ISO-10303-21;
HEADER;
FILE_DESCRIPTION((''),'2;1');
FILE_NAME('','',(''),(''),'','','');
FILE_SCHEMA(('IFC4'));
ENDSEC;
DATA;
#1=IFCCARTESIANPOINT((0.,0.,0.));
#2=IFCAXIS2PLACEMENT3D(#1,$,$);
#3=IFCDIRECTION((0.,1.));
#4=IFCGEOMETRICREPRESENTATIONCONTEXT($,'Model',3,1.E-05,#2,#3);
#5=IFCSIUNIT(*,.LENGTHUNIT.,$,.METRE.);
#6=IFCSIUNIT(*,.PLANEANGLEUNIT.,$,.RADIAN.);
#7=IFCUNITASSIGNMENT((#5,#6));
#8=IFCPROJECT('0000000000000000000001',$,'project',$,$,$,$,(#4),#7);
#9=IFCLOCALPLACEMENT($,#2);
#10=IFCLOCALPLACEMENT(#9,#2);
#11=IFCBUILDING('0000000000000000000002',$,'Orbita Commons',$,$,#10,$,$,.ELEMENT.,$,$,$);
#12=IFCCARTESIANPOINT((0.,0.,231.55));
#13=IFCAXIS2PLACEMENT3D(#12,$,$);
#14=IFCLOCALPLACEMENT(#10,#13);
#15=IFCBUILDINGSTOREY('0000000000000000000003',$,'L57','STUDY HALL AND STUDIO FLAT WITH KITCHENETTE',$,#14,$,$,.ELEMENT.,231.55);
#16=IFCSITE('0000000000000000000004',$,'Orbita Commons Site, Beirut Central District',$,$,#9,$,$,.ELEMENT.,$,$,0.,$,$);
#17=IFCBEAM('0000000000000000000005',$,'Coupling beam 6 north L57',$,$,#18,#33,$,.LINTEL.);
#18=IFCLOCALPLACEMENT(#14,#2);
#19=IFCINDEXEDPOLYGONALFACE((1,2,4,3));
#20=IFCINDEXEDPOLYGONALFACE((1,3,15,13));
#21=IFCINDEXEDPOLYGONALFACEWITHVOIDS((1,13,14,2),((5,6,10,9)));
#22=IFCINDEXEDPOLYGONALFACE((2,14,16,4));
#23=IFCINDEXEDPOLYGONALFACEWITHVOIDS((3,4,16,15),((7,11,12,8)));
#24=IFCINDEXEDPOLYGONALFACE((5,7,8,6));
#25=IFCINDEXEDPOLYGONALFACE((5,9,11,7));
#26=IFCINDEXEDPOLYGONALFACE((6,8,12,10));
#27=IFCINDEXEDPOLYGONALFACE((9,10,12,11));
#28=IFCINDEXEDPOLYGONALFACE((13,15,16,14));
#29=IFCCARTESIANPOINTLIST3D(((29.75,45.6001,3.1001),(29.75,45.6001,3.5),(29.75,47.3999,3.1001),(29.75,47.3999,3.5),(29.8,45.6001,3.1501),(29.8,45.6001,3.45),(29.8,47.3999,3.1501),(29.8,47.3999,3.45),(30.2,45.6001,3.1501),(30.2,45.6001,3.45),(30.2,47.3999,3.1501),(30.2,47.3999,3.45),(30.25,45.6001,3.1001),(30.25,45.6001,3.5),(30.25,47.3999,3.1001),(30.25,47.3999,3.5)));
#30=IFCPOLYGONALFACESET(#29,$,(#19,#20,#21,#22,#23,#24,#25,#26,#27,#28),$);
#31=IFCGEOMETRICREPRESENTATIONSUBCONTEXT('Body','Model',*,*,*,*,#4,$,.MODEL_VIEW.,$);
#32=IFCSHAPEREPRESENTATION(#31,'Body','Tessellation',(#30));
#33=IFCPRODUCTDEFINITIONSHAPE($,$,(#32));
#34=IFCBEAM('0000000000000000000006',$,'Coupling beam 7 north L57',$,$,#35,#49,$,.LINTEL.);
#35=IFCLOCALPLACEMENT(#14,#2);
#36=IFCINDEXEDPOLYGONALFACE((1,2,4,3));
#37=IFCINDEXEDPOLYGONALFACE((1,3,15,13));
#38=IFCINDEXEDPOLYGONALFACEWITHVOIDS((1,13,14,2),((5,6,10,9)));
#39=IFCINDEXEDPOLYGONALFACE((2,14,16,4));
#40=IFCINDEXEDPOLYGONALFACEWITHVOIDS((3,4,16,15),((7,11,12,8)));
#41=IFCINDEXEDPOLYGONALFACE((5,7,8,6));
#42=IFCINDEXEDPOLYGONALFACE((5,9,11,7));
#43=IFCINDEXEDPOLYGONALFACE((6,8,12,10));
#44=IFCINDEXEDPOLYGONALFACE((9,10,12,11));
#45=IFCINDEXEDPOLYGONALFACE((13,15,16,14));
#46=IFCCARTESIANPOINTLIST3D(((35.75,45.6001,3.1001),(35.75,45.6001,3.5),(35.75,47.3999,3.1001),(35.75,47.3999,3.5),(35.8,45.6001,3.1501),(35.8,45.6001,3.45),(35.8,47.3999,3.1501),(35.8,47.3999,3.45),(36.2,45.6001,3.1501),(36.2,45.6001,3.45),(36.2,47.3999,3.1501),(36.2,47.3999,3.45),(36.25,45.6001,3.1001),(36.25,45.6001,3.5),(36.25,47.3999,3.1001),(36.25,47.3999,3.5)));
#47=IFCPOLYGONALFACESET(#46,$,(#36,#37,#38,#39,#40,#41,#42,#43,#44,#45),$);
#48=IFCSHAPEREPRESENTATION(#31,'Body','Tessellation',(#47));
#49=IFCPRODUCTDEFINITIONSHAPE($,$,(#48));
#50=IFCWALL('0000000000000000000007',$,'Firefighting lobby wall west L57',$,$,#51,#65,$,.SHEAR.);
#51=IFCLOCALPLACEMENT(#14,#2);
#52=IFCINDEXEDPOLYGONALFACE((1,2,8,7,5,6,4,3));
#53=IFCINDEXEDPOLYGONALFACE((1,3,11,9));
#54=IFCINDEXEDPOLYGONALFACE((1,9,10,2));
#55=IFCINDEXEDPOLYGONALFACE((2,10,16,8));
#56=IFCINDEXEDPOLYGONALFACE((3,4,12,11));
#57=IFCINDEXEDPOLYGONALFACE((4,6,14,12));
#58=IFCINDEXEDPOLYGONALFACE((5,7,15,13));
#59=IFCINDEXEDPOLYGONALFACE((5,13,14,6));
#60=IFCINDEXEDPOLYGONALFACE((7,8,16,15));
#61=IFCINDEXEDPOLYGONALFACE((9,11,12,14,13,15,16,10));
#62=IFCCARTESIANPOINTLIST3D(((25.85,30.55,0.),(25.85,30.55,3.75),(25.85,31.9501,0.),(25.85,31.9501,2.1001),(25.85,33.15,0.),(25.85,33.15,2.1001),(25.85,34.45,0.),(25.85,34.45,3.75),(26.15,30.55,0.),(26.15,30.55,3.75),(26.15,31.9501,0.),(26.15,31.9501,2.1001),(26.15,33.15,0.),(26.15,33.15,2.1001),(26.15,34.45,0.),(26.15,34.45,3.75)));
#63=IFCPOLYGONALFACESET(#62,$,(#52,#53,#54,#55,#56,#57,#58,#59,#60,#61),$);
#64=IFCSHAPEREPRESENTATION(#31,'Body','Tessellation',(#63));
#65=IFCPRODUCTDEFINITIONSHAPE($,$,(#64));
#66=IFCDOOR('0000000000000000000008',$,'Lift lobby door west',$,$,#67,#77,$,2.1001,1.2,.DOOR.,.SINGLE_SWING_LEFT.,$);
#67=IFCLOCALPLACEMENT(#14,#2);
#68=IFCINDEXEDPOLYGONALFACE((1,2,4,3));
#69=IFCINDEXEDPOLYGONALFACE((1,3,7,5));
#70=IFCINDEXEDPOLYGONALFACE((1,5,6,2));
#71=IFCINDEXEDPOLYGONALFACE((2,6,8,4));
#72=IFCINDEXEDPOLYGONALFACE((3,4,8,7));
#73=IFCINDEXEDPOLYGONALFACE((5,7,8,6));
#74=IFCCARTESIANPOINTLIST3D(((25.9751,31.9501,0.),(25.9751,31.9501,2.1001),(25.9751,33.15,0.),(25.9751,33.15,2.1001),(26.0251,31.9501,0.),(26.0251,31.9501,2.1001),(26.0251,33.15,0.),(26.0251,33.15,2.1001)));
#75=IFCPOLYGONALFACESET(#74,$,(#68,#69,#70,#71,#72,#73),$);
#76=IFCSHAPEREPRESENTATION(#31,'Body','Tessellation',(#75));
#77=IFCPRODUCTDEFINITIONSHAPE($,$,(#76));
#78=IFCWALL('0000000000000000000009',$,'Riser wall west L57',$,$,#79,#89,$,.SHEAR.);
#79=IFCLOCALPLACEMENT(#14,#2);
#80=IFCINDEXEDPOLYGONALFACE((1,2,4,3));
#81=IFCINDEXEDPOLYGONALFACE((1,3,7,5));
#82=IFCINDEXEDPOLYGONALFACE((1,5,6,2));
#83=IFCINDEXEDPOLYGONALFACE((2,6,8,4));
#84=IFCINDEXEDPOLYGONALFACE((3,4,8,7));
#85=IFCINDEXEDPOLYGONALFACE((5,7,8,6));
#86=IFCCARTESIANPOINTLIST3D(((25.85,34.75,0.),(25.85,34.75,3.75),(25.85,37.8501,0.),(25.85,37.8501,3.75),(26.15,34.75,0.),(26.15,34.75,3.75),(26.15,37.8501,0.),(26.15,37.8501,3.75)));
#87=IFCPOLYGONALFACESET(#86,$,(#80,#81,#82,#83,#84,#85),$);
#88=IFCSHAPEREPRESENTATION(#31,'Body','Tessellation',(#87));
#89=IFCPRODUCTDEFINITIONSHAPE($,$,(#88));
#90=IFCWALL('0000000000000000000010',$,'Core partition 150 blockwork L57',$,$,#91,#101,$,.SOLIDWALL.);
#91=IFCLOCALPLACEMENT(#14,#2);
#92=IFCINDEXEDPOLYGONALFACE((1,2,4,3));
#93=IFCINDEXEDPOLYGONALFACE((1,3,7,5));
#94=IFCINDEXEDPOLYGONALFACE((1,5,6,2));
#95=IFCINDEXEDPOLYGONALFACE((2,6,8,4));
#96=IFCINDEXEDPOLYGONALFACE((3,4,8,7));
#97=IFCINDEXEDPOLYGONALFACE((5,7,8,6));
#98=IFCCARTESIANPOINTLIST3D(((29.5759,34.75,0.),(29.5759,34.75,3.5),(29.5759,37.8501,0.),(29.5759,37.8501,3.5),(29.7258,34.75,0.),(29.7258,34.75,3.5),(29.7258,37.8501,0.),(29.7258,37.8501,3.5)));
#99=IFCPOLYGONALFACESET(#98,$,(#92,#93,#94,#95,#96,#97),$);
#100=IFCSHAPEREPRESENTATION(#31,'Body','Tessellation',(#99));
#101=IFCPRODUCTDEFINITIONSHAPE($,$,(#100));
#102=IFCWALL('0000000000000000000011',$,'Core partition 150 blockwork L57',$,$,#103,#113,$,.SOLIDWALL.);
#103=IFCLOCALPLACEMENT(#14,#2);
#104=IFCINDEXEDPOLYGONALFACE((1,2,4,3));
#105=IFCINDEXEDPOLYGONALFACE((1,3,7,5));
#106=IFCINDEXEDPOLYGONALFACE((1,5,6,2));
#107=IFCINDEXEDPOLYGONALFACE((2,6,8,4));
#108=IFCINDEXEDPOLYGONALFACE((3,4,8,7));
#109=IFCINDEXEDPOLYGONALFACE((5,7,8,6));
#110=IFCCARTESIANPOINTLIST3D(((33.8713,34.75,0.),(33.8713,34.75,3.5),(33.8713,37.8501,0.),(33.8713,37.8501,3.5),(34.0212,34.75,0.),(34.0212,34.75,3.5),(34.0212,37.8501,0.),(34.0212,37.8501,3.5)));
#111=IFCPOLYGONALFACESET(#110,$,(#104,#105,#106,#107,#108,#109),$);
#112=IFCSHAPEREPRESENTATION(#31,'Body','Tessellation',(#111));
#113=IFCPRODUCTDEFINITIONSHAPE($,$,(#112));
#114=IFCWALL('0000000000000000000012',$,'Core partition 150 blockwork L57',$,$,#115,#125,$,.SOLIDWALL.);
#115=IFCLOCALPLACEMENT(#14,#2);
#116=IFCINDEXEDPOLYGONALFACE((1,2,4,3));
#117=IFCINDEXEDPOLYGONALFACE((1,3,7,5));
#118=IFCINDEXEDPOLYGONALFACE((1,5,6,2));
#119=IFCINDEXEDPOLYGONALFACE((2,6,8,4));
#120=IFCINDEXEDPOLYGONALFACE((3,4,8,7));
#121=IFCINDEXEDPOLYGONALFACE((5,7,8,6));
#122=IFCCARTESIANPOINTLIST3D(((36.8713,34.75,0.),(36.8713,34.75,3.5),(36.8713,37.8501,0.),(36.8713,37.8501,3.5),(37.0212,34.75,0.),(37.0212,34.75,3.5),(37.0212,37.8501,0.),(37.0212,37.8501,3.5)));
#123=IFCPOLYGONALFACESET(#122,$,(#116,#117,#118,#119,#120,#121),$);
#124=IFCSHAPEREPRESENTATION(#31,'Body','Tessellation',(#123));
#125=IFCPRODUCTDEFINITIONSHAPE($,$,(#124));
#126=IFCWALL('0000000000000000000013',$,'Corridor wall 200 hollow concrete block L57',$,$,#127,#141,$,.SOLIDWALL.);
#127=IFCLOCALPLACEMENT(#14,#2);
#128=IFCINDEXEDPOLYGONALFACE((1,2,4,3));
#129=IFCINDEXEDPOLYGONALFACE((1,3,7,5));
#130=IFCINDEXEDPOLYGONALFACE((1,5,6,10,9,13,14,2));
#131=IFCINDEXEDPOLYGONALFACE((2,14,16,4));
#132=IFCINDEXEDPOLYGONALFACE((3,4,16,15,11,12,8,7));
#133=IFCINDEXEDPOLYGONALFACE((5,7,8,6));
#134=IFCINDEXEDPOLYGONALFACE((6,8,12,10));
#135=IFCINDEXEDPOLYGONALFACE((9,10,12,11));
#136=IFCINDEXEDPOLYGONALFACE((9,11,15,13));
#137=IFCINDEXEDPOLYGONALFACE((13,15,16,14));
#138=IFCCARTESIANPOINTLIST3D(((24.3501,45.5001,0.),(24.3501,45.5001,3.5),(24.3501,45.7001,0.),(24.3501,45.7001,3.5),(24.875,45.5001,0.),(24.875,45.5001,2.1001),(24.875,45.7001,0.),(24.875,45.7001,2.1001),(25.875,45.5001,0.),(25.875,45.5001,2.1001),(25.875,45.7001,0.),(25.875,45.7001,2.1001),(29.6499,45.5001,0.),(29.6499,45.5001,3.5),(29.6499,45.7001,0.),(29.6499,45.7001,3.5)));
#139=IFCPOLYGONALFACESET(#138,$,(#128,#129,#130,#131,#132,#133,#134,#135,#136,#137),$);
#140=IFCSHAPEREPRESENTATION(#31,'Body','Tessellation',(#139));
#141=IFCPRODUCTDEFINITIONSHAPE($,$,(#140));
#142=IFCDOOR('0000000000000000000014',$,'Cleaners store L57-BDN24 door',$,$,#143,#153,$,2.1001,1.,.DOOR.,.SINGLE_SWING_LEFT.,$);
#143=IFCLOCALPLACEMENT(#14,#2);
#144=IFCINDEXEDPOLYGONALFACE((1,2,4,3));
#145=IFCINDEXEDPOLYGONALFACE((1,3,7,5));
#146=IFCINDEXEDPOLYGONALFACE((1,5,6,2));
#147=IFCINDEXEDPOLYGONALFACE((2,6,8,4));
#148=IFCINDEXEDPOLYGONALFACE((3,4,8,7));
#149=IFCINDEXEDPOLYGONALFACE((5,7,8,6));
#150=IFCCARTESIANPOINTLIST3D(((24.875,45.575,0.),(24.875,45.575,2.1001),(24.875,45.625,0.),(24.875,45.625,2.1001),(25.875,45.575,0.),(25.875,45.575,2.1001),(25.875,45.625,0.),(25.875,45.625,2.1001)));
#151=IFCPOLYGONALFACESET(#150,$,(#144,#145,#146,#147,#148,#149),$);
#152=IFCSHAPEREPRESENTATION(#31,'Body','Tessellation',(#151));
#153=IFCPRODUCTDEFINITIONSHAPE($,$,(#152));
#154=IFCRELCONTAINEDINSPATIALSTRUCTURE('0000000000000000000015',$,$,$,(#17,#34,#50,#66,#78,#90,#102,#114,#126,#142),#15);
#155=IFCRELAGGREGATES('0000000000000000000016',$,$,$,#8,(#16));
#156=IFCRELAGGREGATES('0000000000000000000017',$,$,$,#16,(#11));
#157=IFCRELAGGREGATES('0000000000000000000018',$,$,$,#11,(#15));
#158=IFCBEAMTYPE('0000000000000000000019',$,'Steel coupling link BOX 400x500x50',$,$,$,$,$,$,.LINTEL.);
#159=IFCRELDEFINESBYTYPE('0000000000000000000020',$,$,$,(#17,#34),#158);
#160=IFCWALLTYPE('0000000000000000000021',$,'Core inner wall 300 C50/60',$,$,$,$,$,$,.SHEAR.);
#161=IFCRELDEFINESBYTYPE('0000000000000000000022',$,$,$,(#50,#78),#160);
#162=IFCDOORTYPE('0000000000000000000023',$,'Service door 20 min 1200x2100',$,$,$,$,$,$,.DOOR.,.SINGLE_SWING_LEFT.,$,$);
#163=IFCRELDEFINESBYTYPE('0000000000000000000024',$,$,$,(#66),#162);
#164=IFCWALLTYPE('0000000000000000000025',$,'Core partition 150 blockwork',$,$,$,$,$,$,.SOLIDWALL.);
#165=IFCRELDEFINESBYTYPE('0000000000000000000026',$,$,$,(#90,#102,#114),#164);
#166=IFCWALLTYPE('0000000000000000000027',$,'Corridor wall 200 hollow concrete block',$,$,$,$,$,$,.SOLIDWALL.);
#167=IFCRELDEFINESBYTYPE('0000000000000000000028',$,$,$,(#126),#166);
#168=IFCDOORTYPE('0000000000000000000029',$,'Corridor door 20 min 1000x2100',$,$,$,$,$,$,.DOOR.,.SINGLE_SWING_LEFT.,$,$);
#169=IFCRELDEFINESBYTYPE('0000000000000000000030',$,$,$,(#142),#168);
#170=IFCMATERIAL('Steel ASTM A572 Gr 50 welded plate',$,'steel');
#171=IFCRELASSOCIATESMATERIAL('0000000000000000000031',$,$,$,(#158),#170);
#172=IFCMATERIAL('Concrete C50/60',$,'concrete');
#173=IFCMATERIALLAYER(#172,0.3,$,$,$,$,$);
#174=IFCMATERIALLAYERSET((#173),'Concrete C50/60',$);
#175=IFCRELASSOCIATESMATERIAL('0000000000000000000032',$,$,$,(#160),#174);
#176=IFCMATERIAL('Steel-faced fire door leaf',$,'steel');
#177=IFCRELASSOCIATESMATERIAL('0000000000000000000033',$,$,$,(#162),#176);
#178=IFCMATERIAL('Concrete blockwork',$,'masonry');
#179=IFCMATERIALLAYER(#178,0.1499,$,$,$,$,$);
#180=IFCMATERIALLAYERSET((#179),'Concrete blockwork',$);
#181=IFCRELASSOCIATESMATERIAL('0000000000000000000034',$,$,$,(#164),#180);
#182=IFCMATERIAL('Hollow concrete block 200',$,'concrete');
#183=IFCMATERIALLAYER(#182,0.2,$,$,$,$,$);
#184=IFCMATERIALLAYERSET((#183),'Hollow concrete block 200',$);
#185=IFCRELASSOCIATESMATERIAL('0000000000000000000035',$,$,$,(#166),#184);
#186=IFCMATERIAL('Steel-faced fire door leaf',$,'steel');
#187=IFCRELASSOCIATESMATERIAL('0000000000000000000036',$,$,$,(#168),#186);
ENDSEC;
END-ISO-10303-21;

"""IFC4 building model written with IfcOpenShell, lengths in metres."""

from ifc_helpers import new_model, si_unit, direction, frame, frame_2d, origin, origin_2d, place, context, subcontext, project, spatial, rectangle, hollow_rectangle, extrude, material, layer, layer_set, material_profile, profile_set, type_object, element, fill, save


model = new_model("IFC4")

# Units and contexts
model_context = context("Model", 3, precision=1e-05, world=origin(), true_north=direction((0.0, 1.0)))
body_context = subcontext(model_context, "Body", "Model", "MODEL_VIEW")
ifc_project = project(units=[si_unit("LENGTHUNIT", "METRE"), si_unit("PLANEANGLEUNIT", "RADIAN")], contexts=[model_context])

# Site, building, storey
site_placement = place(None, origin())
site = spatial("IfcSite", under=ifc_project, at=site_placement, Name="Orbita Commons Site, Beirut Central District", CompositionType="ELEMENT", RefElevation=0.0)
building_placement = place(site_placement, origin())
building = spatial("IfcBuilding", under=site, at=building_placement, Name="Orbita Commons", CompositionType="ELEMENT")
storey_placement = place(building_placement, frame((0.0, 0.0, 231.55)))
storey = spatial("IfcBuildingStorey", under=building, at=storey_placement, Name="L57", Description="STUDY HALL AND STUDIO FLAT WITH KITCHENETTE", CompositionType="ELEMENT", Elevation=231.55)

# Beams
ifc_material_1 = material(Name="Steel ASTM A572 Gr 50 welded plate", Category="steel")
ifc_material_profile = material_profile(ifc_material_1, hollow_rectangle(XDim=0.5, YDim=0.3999, WallThickness=0.05, at=origin_2d()), Name="BOX 400x500x50")
ifc_profile_set = profile_set([ifc_material_profile], Name="Steel ASTM A572 Gr 50 welded plate")
beam_type = type_object("IfcBeamType", Name="Steel coupling link BOX 400x500x50", PredefinedType="LINTEL", material=ifc_profile_set)
for number, where, z_axis, x_axis, name in (
    (1, (30.0, 45.6001, 3.3), (0.0, 1.0, 0.0), (-1.0, 0.0, 0.0), "Coupling beam 6 north L57"),
    (2, (36.0, 45.6001, 3.3), (0.0, 1.0, 0.0), (-1.0, 0.0, 0.0), "Coupling beam 7 north L57"),
):
    element("IfcBeam", number, at=place(storey_placement, frame(where, z_axis=z_axis, x_axis=x_axis)), inside=storey, type_object=beam_type, Name=name, PredefinedType="LINTEL", context=body_context, shape_type="SweptSolid", body=[
        extrude(hollow_rectangle(XDim=0.5, YDim=0.3999, WallThickness=0.05, at=origin_2d()), origin(), (0.0, 0.0, 1.0), 1.7998),
    ])

# Wall, opening, door
ifc_material_2 = material(Name="Concrete C50/60", Category="concrete")
ifc_layer_1 = layer(ifc_material_2, 0.3)
ifc_layer_set_1 = layer_set([ifc_layer_1], Name="Concrete C50/60")
wall_type_1 = type_object("IfcWallType", Name="Core inner wall 300 C50/60", PredefinedType="SHEAR", material=ifc_layer_set_1)
wall_1_placement = place(storey_placement, frame((26.0, 30.55, 0.0), z_axis=(0.0, 0.0, 1.0), x_axis=(0.0, 1.0, 0.0)))
wall_1 = element("IfcWall", 3, at=wall_1_placement, inside=storey, type_object=wall_type_1, Name="Firefighting lobby wall west L57", PredefinedType="SHEAR", context=body_context, shape_type="SweptSolid", body=[
    extrude(rectangle(XDim=3.8999, YDim=0.3, at=frame_2d((1.95, 0.0))), origin(), (0.0, 0.0, 1.0), 3.75),
])
opening_1_placement = place(wall_1_placement, frame((1.3999, 0.0, 0.0)))
opening_1 = element("IfcOpeningElement", 4, at=opening_1_placement, cuts=wall_1, PredefinedType="OPENING", context=body_context, shape_type="SweptSolid", body=[
    extrude(rectangle(XDim=1.2, YDim=2.1001, at=frame_2d((0.6001, 1.05))), frame((0.0, 0.1599, 0.0), z_axis=(0.0, -1.0, 0.0), x_axis=(1.0, 0.0, 0.0)), (0.0, 0.0, 1.0), 0.3201),
])
ifc_material_3 = material(Name="Steel-faced fire door leaf", Category="steel")
door_type_1 = type_object("IfcDoorType", Name="Service door 20 min 1200x2100", OperationType="SINGLE_SWING_LEFT", PredefinedType="DOOR", material=ifc_material_3)
door_1_placement = place(opening_1_placement, origin())
door_1 = element("IfcDoor", 5, at=door_1_placement, inside=storey, type_object=door_type_1, Name="Lift lobby door west", OperationType="SINGLE_SWING_LEFT", OverallHeight=2.1001, OverallWidth=1.2, PredefinedType="DOOR", context=body_context, shape_type="SweptSolid", body=[
    extrude(rectangle(XDim=1.2, YDim=2.1001, at=frame_2d((0.6001, 1.05))), frame((0.0, 0.0249, 0.0), z_axis=(0.0, -1.0, 0.0), x_axis=(1.0, 0.0, 0.0)), (0.0, 0.0, 1.0), 0.05),
])
fill(opening_1, door_1)

# Walls
wall_2_placement = place(storey_placement, frame((26.0, 34.75, 0.0), z_axis=(0.0, 0.0, 1.0), x_axis=(0.0, 1.0, 0.0)))
element("IfcWall", 6, at=wall_2_placement, inside=storey, type_object=wall_type_1, Name="Riser wall west L57", PredefinedType="SHEAR", context=body_context, shape_type="SweptSolid", body=[
    extrude(rectangle(XDim=3.1001, YDim=0.3, at=frame_2d((1.55, 0.0))), origin(), (0.0, 0.0, 1.0), 3.75),
])
ifc_material_4 = material(Name="Concrete blockwork", Category="masonry")
ifc_layer_2 = layer(ifc_material_4, 0.1499)
ifc_layer_set_2 = layer_set([ifc_layer_2], Name="Concrete blockwork")
wall_type_2 = type_object("IfcWallType", Name="Core partition 150 blockwork", PredefinedType="SOLIDWALL", material=ifc_layer_set_2)
for number, where, z_axis, x_axis, name in (
    (7, (29.6509, 34.75, 0.0), (0.0, 0.0, 1.0), (0.0, 1.0, 0.0), "Core partition 150 blockwork L57"),
    (8, (33.9463, 34.75, 0.0), (0.0, 0.0, 1.0), (0.0, 1.0, 0.0), "Core partition 150 blockwork L57"),
    (9, (36.9463, 34.75, 0.0), (0.0, 0.0, 1.0), (0.0, 1.0, 0.0), "Core partition 150 blockwork L57"),
):
    element("IfcWall", number, at=place(storey_placement, frame(where, z_axis=z_axis, x_axis=x_axis)), inside=storey, type_object=wall_type_2, Name=name, PredefinedType="SOLIDWALL", context=body_context, shape_type="SweptSolid", body=[
        extrude(rectangle(XDim=3.1001, YDim=0.1499, at=frame_2d((1.55, 0.0))), origin(), (0.0, 0.0, 1.0), 3.5),
    ])

# Wall, opening, door
ifc_material_5 = material(Name="Hollow concrete block 200", Category="concrete")
ifc_layer_3 = layer(ifc_material_5, 0.2)
ifc_layer_set_3 = layer_set([ifc_layer_3], Name="Hollow concrete block 200")
wall_type_3 = type_object("IfcWallType", Name="Corridor wall 200 hollow concrete block", PredefinedType="SOLIDWALL", material=ifc_layer_set_3)
wall_3_placement = place(storey_placement, frame((24.3501, 45.6001, 0.0), z_axis=(0.0, 0.0, 1.0), x_axis=(1.0, 0.0, 0.0)))
wall_3 = element("IfcWall", 10, at=wall_3_placement, inside=storey, type_object=wall_type_3, Name="Corridor wall 200 hollow concrete block L57", PredefinedType="SOLIDWALL", context=body_context, shape_type="SweptSolid", body=[
    extrude(rectangle(XDim=5.2998, YDim=0.2, at=frame_2d((2.6499, 0.0))), origin(), (0.0, 0.0, 1.0), 3.5),
])
opening_2_placement = place(wall_3_placement, frame((0.5249, 0.0, 0.0)))
opening_2 = element("IfcOpeningElement", 11, at=opening_2_placement, cuts=wall_3, PredefinedType="OPENING", context=body_context, shape_type="SweptSolid", body=[
    extrude(rectangle(XDim=1.0, YDim=2.1001, at=frame_2d((0.5, 1.05))), frame((0.0, 0.1099, 0.0), z_axis=(0.0, -1.0, 0.0), x_axis=(1.0, 0.0, 0.0)), (0.0, 0.0, 1.0), 0.22),
])
ifc_material_6 = material(Name="Steel-faced fire door leaf", Category="steel")
door_type_2 = type_object("IfcDoorType", Name="Corridor door 20 min 1000x2100", OperationType="SINGLE_SWING_LEFT", PredefinedType="DOOR", material=ifc_material_6)
door_2_placement = place(opening_2_placement, origin())
door_2 = element("IfcDoor", 12, at=door_2_placement, inside=storey, type_object=door_type_2, Name="Cleaners store L57-BDN24 door", OperationType="SINGLE_SWING_LEFT", OverallHeight=2.1001, OverallWidth=1.0, PredefinedType="DOOR", context=body_context, shape_type="SweptSolid", body=[
    extrude(rectangle(XDim=1.0, YDim=2.1001, at=frame_2d((0.5, 1.05))), frame((0.0, 0.0249, 0.0), z_axis=(0.0, -1.0, 0.0), x_axis=(1.0, 0.0, 0.0)), (0.0, 0.0, 1.0), 0.05),
])
fill(opening_2, door_2)

save(model, "model.ifc")
